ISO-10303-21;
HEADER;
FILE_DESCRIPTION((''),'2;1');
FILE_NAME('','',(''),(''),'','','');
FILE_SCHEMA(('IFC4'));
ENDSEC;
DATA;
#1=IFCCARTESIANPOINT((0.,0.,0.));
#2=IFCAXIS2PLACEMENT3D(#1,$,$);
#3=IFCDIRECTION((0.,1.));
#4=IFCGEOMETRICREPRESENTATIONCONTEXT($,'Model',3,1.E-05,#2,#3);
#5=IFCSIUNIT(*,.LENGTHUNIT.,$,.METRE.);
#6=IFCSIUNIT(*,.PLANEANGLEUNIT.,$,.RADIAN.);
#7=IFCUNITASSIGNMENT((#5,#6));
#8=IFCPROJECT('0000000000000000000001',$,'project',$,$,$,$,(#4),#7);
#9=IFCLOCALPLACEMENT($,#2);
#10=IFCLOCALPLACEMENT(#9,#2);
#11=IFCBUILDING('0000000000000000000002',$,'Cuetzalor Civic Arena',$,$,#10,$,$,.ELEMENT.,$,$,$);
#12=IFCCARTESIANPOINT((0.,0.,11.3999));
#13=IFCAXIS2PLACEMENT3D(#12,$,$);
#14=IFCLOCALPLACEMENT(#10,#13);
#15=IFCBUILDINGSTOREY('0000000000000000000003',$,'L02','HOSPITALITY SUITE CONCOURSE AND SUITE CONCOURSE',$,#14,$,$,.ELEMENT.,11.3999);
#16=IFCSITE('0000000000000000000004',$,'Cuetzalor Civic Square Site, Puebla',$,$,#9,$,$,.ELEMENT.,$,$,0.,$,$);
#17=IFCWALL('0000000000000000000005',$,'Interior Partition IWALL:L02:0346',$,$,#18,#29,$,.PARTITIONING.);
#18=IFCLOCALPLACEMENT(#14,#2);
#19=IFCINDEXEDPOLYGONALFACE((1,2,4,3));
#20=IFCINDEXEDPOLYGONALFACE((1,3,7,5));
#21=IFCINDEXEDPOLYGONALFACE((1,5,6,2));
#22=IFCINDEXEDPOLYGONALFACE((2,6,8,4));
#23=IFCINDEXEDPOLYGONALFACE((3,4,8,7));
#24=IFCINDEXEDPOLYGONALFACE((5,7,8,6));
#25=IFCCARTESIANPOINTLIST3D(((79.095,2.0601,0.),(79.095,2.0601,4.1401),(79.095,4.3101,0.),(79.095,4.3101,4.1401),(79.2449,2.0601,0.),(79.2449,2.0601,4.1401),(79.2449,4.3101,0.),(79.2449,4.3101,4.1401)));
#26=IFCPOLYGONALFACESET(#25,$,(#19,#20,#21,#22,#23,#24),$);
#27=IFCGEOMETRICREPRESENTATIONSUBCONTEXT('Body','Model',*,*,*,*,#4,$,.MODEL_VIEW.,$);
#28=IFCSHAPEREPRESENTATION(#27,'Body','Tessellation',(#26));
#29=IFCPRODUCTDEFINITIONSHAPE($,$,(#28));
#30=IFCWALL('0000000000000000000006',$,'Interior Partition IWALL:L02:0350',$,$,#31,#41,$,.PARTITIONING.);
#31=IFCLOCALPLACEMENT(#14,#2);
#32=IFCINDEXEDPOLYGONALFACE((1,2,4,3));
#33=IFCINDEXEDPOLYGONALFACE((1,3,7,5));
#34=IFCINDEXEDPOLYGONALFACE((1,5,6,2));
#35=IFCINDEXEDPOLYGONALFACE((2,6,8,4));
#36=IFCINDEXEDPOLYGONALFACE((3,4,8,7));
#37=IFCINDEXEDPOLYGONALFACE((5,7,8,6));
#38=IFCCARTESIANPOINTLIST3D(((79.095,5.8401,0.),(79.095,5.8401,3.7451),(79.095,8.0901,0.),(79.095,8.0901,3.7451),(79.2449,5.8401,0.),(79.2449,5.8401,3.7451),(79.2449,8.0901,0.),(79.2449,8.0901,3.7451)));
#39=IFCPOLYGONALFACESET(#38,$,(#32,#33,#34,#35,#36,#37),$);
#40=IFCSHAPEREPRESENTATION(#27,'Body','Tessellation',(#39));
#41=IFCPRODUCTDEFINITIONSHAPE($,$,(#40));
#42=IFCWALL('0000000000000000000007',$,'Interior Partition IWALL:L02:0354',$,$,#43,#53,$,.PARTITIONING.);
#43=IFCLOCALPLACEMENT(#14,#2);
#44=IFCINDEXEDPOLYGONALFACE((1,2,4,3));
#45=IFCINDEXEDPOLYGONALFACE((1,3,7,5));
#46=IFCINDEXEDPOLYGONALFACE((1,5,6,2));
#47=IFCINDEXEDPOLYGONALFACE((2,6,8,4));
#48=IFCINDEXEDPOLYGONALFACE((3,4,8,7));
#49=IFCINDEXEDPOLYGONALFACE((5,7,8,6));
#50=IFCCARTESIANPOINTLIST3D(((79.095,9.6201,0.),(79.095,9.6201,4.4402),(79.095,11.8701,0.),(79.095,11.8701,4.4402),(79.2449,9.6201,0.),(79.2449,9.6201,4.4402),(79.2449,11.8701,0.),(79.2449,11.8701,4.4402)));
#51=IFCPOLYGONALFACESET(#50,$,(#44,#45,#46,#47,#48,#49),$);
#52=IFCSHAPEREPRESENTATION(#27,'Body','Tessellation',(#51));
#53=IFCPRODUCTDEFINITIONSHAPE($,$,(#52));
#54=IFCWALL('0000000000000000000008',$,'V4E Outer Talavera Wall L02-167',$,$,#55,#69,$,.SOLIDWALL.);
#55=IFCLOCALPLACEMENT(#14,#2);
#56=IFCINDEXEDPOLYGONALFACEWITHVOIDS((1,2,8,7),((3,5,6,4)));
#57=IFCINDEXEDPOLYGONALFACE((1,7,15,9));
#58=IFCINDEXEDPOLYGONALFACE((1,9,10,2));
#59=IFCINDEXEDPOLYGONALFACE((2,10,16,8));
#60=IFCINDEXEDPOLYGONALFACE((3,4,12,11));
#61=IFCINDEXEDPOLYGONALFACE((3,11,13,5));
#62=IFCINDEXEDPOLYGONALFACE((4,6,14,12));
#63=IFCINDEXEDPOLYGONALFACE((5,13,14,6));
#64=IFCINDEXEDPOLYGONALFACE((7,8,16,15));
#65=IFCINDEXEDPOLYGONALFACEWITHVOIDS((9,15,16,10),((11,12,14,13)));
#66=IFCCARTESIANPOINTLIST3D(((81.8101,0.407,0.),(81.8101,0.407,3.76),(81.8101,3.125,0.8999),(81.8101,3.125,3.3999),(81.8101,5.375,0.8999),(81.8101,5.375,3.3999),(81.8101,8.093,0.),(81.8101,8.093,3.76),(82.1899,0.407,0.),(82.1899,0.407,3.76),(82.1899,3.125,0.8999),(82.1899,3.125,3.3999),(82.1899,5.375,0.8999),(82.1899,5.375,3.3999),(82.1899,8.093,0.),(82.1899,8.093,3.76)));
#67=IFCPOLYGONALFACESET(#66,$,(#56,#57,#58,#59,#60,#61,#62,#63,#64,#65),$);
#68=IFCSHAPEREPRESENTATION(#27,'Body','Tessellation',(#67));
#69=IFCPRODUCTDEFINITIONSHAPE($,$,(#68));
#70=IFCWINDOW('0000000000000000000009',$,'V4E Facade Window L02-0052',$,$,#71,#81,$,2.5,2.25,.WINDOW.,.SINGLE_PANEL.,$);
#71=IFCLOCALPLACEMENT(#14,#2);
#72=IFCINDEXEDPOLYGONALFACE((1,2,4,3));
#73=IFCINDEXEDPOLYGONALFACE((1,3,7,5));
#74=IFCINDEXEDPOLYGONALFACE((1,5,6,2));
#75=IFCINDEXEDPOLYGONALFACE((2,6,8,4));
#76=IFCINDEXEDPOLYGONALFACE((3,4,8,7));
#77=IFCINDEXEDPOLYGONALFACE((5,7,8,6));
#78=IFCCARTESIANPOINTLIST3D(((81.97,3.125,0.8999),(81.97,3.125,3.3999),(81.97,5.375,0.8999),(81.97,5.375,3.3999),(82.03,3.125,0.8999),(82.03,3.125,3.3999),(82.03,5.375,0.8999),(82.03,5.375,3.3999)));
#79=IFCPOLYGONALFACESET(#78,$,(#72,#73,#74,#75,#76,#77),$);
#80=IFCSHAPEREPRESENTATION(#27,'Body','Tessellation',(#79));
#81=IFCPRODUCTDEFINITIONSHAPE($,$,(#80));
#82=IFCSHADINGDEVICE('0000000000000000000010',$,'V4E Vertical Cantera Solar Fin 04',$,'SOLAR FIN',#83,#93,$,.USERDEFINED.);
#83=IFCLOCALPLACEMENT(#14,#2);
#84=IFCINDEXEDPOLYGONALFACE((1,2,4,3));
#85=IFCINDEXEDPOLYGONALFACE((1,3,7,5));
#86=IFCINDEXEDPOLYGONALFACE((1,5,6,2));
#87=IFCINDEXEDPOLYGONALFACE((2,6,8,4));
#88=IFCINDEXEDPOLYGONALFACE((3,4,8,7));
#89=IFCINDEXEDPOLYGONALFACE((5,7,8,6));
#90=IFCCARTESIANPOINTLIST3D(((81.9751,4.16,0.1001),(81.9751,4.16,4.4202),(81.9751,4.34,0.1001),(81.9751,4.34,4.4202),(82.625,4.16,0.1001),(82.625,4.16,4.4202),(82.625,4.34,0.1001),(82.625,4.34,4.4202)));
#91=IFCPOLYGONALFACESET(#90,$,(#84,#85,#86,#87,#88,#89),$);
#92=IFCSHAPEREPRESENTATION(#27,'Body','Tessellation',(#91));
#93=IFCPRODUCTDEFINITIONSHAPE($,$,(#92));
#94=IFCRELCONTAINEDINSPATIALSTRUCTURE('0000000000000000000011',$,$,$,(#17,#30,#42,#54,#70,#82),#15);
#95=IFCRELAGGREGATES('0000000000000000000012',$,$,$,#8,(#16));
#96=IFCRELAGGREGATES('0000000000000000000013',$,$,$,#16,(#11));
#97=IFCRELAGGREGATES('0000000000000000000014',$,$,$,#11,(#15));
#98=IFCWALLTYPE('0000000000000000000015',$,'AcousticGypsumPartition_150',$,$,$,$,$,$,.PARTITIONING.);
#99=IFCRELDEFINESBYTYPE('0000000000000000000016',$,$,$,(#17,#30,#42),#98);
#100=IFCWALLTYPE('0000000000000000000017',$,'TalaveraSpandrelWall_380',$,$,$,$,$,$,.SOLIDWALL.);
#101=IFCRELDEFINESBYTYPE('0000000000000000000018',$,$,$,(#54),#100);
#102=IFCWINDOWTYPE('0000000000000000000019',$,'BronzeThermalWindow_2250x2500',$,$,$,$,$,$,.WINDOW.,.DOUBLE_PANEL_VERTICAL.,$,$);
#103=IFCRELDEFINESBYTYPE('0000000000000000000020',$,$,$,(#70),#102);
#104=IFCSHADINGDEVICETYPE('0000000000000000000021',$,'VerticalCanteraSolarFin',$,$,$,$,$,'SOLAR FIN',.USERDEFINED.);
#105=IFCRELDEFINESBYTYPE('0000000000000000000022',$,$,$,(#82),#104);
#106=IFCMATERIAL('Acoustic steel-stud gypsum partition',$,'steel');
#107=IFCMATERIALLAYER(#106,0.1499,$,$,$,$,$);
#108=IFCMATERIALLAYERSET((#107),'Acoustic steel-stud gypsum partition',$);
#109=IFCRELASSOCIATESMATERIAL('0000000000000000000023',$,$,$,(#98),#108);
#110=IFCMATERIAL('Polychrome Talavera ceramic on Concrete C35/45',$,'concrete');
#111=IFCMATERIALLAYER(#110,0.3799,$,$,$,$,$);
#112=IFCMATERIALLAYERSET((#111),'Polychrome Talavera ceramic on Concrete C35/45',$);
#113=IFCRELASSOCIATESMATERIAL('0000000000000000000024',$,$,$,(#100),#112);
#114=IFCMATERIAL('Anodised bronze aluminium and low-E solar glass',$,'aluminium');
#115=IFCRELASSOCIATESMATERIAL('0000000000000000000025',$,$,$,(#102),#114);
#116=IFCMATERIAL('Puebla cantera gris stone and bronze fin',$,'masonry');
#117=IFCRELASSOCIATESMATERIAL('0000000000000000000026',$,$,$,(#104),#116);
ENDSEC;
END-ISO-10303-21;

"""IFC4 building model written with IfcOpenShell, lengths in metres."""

from ifc_helpers import new_model, si_unit, direction, frame, frame_2d, origin, origin_2d, place, context, subcontext, project, spatial, rectangle, extrude, material, layer, layer_set, type_object, element, fill, save


model = new_model("IFC4")

# Units and contexts
model_context = context("Model", 3, precision=1e-05, world=origin(), true_north=direction((0.0, 1.0)))
body_context = subcontext(model_context, "Body", "Model", "MODEL_VIEW")
ifc_project = project(units=[si_unit("LENGTHUNIT", "METRE"), si_unit("PLANEANGLEUNIT", "RADIAN")], contexts=[model_context])

# Site, building, storey
site_placement = place(None, origin())
site = spatial("IfcSite", under=ifc_project, at=site_placement, Name="Cuetzalor Civic Square Site, Puebla", CompositionType="ELEMENT", RefElevation=0.0)
building_placement = place(site_placement, origin())
building = spatial("IfcBuilding", under=site, at=building_placement, Name="Cuetzalor Civic Arena", CompositionType="ELEMENT")
storey_placement = place(building_placement, frame((0.0, 0.0, 11.3999)))
storey = spatial("IfcBuildingStorey", under=building, at=storey_placement, Name="L02", Description="HOSPITALITY SUITE CONCOURSE AND SUITE CONCOURSE", CompositionType="ELEMENT", Elevation=11.3999)

# Shared definitions
ifc_material_1 = material(Name="Acoustic steel-stud gypsum partition", Category="steel")
ifc_layer_1 = layer(ifc_material_1, 0.1499)
ifc_layer_set_1 = layer_set([ifc_layer_1], Name="Acoustic steel-stud gypsum partition")
wall_type_1 = type_object("IfcWallType", Name="AcousticGypsumPartition_150", PredefinedType="PARTITIONING", material=ifc_layer_set_1)

# Wall
wall_1_placement = place(storey_placement, frame((79.1699, 2.0601, 0.0), z_axis=(0.0, 0.0, 1.0), x_axis=(0.0, 1.0, 0.0)))
element("IfcWall", 1, at=wall_1_placement, inside=storey, type_object=wall_type_1, Name="Interior Partition IWALL:L02:0346", PredefinedType="PARTITIONING", context=body_context, shape_type="SweptSolid", body=[
    extrude(rectangle(XDim=2.25, YDim=0.1499, at=frame_2d((1.125, 0.0))), origin(), (0.0, 0.0, 1.0), 4.1401),
])

# Wall
wall_2_placement = place(storey_placement, frame((79.1699, 5.8401, 0.0), z_axis=(0.0, 0.0, 1.0), x_axis=(0.0, 1.0, 0.0)))
element("IfcWall", 2, at=wall_2_placement, inside=storey, type_object=wall_type_1, Name="Interior Partition IWALL:L02:0350", PredefinedType="PARTITIONING", context=body_context, shape_type="SweptSolid", body=[
    extrude(rectangle(XDim=2.25, YDim=0.1499, at=frame_2d((1.125, 0.0))), origin(), (0.0, 0.0, 1.0), 3.7451),
])

# Wall
wall_3_placement = place(storey_placement, frame((79.1699, 9.6201, 0.0), z_axis=(0.0, 0.0, 1.0), x_axis=(0.0, 1.0, 0.0)))
element("IfcWall", 3, at=wall_3_placement, inside=storey, type_object=wall_type_1, Name="Interior Partition IWALL:L02:0354", PredefinedType="PARTITIONING", context=body_context, shape_type="SweptSolid", body=[
    extrude(rectangle(XDim=2.25, YDim=0.1499, at=frame_2d((1.125, 0.0))), origin(), (0.0, 0.0, 1.0), 4.4402),
])

# Wall, opening, window
ifc_material_2 = material(Name="Polychrome Talavera ceramic on Concrete C35/45", Category="concrete")
ifc_layer_2 = layer(ifc_material_2, 0.3799)
ifc_layer_set_2 = layer_set([ifc_layer_2], Name="Polychrome Talavera ceramic on Concrete C35/45")
wall_type_2 = type_object("IfcWallType", Name="TalaveraSpandrelWall_380", PredefinedType="SOLIDWALL", material=ifc_layer_set_2)
wall_4_placement = place(storey_placement, frame((82.0, 8.093, 0.0), z_axis=(0.0, 0.0, 1.0), x_axis=(0.0, -1.0, 0.0)))
wall_4 = element("IfcWall", 4, at=wall_4_placement, inside=storey, type_object=wall_type_2, Name="V4E Outer Talavera Wall L02-167", PredefinedType="SOLIDWALL", context=body_context, shape_type="SweptSolid", body=[
    extrude(rectangle(XDim=7.686, YDim=0.3799, at=frame_2d((3.843, 0.0))), origin(), (0.0, 0.0, 1.0), 3.76),
])
opening_1_placement = place(wall_4_placement, frame((2.718, 0.0, 0.8999)))
opening_1 = element("IfcOpeningElement", 5, at=opening_1_placement, cuts=wall_4, PredefinedType="OPENING", context=body_context, shape_type="SweptSolid", body=[
    extrude(rectangle(XDim=2.25, YDim=2.5, at=frame_2d((1.125, 1.25))), frame((0.0, 0.2, 0.0), z_axis=(0.0, -1.0, 0.0), x_axis=(1.0, 0.0, 0.0)), (0.0, 0.0, 1.0), 0.3999),
])
ifc_material_3 = material(Name="Anodised bronze aluminium and low-E solar glass", Category="aluminium")
window_type = type_object("IfcWindowType", Name="BronzeThermalWindow_2250x2500", PartitioningType="DOUBLE_PANEL_VERTICAL", PredefinedType="WINDOW", material=ifc_material_3)
window_placement = place(opening_1_placement, origin())
window = element("IfcWindow", 6, at=window_placement, inside=storey, type_object=window_type, Name="V4E Facade Window L02-0052", OverallHeight=2.5, OverallWidth=2.25, PartitioningType="SINGLE_PANEL", PredefinedType="WINDOW", context=body_context, shape_type="SweptSolid", body=[
    extrude(rectangle(XDim=2.25, YDim=2.5, at=frame_2d((1.125, 1.25))), frame((0.0, 0.03, 0.0), z_axis=(0.0, -1.0, 0.0), x_axis=(1.0, 0.0, 0.0)), (0.0, 0.0, 1.0), 0.0601),
])
fill(opening_1, window)

# Shading device
ifc_material_4 = material(Name="Puebla cantera gris stone and bronze fin", Category="masonry")
shading_device_type = type_object("IfcShadingDeviceType", Name="VerticalCanteraSolarFin", ElementType="SOLAR FIN", PredefinedType="USERDEFINED", material=ifc_material_4)
shading_device_placement = place(storey_placement, frame((82.3, 4.25, 0.1001), z_axis=(0.0, 0.0, 1.0), x_axis=(1.0, 0.0, 0.0)))
element("IfcShadingDevice", 7, at=shading_device_placement, inside=storey, type_object=shading_device_type, Name="V4E Vertical Cantera Solar Fin 04", ObjectType="SOLAR FIN", PredefinedType="USERDEFINED", context=body_context, shape_type="SweptSolid", body=[
    extrude(rectangle(XDim=0.6499, YDim=0.1799, at=origin_2d()), origin(), (0.0, 0.0, 1.0), 4.3201),
])

save(model, "model.ifc")
